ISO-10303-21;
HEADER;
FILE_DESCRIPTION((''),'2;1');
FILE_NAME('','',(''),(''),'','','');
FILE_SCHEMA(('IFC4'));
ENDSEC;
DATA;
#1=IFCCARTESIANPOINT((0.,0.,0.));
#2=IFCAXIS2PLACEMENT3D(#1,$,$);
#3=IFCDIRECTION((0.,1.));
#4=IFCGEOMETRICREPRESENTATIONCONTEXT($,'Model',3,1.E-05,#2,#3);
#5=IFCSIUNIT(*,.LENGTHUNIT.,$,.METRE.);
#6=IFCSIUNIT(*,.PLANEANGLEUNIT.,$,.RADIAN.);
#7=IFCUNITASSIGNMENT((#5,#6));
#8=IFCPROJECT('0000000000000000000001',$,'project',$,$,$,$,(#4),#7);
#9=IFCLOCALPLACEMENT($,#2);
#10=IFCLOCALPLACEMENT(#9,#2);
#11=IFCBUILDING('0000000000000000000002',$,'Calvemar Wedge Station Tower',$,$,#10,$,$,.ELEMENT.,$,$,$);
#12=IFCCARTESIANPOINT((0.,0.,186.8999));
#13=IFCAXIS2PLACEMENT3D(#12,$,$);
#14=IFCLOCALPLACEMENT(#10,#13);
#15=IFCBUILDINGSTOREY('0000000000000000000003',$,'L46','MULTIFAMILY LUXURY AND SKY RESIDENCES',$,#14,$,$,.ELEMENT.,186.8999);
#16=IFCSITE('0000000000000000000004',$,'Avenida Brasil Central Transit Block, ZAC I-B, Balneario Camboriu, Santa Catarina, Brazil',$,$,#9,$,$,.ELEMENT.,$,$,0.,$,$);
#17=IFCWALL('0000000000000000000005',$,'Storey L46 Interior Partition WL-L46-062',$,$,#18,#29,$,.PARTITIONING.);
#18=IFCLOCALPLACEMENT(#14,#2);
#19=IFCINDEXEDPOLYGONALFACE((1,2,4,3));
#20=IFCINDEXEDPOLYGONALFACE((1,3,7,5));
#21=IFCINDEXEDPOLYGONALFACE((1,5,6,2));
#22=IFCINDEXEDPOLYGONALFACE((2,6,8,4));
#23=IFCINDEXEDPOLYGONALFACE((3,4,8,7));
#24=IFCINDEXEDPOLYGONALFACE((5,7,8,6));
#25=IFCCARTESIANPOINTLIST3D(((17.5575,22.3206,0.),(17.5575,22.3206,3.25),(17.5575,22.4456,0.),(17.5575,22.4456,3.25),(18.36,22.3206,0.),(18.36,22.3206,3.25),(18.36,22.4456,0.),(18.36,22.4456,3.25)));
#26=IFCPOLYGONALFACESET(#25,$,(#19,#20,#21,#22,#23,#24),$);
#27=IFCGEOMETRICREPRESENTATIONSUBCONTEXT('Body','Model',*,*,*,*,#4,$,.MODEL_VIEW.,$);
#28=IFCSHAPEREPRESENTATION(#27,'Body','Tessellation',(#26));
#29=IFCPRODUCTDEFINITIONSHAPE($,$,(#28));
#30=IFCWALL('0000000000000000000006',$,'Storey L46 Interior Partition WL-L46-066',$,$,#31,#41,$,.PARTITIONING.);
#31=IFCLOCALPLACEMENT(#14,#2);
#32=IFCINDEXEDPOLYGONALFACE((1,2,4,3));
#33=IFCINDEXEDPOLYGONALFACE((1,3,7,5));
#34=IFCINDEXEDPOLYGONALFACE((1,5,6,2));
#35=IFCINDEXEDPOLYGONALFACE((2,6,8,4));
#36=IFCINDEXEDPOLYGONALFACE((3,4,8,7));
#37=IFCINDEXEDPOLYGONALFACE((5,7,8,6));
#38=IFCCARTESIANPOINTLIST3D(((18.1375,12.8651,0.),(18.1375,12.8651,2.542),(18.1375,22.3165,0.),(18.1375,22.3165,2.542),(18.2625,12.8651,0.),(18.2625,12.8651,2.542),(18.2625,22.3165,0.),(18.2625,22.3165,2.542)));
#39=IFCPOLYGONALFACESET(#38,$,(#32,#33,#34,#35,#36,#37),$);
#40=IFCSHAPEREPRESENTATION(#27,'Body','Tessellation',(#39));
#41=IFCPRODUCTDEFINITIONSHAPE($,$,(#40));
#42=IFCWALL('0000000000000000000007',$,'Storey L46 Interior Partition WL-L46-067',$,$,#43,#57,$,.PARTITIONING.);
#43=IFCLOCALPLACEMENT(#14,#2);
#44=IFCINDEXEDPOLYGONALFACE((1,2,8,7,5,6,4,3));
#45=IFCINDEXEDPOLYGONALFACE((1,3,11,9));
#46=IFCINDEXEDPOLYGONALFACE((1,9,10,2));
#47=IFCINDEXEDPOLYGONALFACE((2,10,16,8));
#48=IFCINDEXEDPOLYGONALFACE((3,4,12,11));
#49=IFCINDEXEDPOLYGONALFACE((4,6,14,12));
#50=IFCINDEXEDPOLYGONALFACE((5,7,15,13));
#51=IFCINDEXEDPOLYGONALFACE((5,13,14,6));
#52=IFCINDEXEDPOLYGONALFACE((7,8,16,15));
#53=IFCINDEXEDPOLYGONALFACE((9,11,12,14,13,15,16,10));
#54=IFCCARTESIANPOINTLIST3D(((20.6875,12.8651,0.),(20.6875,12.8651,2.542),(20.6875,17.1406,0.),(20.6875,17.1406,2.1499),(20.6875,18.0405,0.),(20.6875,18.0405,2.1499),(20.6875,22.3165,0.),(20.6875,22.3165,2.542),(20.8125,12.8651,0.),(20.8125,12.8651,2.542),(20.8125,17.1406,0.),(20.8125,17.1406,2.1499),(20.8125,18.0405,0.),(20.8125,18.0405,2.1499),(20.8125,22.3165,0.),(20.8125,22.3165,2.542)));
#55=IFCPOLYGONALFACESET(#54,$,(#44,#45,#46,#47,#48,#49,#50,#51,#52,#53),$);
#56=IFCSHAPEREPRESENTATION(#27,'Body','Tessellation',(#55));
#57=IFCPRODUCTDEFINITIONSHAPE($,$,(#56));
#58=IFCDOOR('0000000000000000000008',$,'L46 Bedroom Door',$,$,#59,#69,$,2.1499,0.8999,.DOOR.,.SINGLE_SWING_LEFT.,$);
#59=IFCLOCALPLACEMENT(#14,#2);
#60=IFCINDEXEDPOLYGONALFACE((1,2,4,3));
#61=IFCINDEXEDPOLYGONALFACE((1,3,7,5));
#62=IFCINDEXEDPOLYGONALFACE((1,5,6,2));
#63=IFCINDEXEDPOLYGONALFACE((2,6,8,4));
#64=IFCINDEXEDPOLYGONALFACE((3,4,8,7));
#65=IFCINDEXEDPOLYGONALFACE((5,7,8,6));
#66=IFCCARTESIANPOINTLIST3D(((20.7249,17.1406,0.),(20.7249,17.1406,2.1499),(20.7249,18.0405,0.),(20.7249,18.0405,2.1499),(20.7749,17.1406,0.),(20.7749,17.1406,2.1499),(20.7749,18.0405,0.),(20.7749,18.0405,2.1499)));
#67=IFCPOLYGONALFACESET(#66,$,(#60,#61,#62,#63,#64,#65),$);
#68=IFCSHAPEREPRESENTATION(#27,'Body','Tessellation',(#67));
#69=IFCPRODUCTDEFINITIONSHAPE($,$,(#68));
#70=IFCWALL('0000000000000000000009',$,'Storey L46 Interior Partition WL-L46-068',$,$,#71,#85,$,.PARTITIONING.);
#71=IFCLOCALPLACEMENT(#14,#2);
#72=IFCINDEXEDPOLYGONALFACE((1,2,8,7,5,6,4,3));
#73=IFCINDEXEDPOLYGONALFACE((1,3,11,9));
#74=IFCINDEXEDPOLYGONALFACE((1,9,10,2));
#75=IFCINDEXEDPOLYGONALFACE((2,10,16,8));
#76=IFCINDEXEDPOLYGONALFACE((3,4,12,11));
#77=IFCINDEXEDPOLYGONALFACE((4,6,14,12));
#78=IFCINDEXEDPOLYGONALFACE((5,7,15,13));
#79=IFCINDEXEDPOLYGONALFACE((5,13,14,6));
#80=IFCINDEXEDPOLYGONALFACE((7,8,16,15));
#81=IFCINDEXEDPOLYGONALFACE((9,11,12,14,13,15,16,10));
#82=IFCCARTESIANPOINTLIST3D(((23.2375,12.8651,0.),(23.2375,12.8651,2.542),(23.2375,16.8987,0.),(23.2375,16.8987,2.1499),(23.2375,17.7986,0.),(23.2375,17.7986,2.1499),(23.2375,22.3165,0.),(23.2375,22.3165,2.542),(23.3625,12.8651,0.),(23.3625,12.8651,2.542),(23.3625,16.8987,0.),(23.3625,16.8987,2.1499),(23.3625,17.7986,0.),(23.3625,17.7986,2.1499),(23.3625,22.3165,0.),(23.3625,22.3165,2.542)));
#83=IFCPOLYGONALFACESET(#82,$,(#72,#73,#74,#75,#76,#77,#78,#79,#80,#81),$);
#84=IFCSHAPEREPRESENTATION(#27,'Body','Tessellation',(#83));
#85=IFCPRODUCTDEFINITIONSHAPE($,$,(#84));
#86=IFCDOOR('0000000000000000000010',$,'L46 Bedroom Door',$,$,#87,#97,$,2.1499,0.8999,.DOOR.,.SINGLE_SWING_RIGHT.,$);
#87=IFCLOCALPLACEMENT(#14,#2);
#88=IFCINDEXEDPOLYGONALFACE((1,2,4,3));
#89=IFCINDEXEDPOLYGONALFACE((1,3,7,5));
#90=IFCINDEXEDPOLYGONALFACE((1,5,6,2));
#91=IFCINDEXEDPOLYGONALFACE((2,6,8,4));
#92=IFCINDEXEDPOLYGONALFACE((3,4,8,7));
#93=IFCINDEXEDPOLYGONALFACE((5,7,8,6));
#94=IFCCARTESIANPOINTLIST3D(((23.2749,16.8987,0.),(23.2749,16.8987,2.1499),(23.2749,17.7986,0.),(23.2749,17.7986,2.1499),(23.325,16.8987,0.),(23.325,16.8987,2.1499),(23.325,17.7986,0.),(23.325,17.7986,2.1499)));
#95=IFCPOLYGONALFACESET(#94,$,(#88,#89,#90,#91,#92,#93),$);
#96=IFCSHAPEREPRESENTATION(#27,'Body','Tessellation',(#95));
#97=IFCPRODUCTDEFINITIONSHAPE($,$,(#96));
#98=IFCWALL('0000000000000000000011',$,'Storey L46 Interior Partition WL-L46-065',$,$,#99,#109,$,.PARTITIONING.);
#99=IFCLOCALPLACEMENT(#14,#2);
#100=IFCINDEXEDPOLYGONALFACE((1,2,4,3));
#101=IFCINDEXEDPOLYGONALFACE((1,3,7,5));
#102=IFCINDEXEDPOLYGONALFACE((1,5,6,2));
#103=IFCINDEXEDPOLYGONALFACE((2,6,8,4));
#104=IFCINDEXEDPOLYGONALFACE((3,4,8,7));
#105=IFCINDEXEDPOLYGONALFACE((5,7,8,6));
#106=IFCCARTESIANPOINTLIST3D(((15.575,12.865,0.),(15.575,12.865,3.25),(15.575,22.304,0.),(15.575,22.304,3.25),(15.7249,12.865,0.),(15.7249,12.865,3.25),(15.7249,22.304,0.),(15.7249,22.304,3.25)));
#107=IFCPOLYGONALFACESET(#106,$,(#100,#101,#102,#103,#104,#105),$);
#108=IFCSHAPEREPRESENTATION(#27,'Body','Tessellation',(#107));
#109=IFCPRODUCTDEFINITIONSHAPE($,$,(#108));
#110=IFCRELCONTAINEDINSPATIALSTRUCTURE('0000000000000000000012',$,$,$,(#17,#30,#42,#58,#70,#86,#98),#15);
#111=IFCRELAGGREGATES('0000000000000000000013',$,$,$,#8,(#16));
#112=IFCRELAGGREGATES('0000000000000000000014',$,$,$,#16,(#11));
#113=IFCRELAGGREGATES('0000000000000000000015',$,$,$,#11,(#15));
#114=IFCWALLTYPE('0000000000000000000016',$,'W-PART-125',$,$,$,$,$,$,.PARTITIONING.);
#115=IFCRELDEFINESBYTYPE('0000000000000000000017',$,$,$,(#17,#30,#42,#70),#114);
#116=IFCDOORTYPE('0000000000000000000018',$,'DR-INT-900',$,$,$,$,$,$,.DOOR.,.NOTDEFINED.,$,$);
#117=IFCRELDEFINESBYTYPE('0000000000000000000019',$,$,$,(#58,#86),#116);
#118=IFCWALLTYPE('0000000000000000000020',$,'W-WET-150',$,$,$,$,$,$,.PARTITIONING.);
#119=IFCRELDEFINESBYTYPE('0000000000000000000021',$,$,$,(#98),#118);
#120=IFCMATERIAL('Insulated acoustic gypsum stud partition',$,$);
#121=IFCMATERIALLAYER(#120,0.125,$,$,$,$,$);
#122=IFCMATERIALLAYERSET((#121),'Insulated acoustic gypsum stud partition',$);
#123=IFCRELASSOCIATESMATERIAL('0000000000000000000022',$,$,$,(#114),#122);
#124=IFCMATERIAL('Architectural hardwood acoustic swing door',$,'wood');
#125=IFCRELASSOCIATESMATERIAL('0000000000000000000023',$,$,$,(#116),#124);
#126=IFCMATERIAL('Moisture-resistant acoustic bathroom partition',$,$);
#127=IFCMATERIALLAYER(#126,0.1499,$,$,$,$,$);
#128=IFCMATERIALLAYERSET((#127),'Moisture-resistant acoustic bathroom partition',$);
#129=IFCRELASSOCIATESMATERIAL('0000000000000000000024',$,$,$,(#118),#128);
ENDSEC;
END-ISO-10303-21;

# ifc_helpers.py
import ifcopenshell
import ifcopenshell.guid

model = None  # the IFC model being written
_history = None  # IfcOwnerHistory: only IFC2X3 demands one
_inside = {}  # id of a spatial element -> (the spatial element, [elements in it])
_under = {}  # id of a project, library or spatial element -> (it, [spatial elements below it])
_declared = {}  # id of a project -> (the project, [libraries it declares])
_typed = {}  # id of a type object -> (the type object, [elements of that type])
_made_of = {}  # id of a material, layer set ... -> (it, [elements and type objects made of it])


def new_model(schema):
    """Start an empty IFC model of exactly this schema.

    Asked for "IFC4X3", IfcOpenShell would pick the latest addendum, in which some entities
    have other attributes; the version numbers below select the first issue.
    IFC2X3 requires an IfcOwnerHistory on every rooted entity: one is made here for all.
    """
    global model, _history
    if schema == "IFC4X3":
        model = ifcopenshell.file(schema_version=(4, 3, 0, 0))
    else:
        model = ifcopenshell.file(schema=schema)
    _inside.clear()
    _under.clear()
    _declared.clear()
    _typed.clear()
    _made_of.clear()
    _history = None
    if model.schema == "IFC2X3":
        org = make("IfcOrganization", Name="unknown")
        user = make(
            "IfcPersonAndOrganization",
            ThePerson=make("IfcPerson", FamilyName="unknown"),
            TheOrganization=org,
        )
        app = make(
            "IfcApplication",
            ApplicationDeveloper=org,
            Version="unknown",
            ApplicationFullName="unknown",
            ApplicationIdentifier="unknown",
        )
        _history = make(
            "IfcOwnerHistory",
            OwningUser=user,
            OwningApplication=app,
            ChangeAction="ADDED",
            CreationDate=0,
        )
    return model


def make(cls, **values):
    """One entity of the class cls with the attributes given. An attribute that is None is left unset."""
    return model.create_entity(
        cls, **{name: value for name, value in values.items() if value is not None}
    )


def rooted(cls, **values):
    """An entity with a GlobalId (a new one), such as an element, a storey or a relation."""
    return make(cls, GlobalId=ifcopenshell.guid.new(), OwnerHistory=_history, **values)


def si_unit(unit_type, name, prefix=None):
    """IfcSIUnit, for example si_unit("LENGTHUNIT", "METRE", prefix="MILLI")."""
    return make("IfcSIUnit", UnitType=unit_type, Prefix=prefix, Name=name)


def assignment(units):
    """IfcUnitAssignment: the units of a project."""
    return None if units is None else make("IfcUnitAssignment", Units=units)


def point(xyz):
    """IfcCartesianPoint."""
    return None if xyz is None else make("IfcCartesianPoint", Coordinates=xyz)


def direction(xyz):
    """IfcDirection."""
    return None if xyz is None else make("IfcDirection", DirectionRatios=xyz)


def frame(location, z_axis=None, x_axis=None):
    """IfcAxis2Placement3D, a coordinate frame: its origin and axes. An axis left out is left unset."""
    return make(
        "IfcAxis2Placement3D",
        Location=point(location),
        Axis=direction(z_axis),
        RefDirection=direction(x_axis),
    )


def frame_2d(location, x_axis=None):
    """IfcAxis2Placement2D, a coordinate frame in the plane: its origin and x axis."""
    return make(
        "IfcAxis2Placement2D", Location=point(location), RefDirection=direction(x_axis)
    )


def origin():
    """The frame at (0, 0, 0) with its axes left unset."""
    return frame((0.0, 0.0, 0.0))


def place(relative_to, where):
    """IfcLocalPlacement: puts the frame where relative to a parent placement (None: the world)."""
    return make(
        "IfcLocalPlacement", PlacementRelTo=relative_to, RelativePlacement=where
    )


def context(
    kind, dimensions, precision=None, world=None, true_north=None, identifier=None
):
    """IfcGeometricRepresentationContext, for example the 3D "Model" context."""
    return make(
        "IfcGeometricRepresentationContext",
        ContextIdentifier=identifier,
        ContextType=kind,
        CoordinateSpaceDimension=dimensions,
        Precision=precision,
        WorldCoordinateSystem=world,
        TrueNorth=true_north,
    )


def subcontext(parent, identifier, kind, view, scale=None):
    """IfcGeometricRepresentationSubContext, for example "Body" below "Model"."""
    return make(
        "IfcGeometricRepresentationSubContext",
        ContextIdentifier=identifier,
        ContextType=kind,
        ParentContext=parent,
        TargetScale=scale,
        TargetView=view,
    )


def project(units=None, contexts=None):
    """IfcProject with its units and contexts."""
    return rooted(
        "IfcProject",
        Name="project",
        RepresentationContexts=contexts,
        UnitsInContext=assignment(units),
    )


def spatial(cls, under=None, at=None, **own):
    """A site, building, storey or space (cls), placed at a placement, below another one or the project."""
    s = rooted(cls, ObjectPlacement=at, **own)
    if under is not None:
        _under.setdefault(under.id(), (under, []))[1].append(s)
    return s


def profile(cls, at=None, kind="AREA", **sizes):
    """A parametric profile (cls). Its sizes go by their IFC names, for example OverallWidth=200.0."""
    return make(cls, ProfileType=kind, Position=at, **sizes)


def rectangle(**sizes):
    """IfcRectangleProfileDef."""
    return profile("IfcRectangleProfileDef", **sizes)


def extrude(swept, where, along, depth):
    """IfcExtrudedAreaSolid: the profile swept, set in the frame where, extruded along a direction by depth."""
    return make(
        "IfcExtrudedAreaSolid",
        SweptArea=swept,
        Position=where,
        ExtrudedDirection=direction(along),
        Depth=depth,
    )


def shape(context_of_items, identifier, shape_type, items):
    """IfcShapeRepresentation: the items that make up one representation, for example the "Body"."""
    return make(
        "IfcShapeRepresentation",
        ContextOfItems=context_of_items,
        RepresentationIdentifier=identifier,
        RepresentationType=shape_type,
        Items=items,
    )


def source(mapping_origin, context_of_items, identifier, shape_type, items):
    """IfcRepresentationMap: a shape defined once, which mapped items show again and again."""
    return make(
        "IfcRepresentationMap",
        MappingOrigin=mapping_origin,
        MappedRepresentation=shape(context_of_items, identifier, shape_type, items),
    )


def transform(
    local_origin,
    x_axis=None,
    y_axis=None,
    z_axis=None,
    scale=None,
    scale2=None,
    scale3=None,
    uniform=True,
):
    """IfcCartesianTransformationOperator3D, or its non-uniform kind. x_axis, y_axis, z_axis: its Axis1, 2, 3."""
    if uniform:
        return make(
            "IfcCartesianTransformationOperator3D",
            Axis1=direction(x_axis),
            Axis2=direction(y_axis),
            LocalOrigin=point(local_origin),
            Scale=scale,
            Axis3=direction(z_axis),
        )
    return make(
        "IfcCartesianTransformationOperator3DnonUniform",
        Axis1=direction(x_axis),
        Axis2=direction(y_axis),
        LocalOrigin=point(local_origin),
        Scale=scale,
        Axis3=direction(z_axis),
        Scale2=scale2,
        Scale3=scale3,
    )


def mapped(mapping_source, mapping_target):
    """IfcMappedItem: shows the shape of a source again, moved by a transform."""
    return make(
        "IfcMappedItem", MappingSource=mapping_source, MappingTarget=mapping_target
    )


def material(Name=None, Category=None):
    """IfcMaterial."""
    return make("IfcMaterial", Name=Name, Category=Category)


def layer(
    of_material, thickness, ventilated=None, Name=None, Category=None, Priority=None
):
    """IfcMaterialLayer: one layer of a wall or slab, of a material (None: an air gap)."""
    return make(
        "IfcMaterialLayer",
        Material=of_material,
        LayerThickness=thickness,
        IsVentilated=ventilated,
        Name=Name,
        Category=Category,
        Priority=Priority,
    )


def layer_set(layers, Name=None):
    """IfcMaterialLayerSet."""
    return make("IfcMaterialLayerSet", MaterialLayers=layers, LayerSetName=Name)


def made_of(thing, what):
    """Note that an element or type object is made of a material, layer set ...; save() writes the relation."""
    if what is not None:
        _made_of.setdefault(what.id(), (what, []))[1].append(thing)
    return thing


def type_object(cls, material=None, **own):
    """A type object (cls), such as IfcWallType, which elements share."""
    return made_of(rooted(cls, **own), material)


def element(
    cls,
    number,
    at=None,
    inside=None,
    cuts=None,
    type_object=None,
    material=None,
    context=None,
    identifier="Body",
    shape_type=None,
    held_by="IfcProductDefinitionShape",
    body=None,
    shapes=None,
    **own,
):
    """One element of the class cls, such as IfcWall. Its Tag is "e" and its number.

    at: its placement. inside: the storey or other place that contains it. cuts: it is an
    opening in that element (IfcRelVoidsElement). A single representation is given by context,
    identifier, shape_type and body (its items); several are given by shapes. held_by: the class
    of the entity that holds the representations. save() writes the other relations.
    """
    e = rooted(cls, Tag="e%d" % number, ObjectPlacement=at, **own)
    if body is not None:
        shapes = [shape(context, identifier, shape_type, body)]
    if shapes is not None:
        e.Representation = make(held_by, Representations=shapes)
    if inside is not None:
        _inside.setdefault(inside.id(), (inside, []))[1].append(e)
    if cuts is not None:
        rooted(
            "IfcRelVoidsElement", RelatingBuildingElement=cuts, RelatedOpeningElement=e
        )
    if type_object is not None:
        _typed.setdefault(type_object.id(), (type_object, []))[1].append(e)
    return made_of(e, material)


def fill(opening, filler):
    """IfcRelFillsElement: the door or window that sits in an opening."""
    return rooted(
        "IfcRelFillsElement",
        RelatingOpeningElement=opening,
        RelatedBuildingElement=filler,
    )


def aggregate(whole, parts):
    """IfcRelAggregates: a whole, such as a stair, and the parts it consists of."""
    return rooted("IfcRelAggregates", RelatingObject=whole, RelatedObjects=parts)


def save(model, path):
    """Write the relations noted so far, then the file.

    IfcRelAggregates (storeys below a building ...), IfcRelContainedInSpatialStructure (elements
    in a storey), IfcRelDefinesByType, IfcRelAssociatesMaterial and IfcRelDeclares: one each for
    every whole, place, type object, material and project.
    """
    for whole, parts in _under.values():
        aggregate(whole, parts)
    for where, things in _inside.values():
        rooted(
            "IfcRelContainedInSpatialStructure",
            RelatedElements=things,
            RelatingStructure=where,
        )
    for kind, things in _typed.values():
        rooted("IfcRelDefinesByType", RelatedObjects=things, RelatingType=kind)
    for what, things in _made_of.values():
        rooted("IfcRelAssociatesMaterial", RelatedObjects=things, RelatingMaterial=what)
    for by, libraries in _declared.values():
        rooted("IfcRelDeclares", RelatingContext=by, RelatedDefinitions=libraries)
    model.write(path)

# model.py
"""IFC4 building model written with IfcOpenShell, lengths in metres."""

from ifc_helpers import new_model, si_unit, direction, frame, frame_2d, origin, place, context, subcontext, project, spatial, rectangle, extrude, source, transform, mapped, material, layer, layer_set, type_object, element, fill, save


model = new_model("IFC4")

# Units and contexts
model_context = context("Model", 3, precision=1e-05, world=origin(), true_north=direction((0.0, 1.0)))
body_context = subcontext(model_context, "Body", "Model", "MODEL_VIEW")
ifc_project = project(units=[si_unit("LENGTHUNIT", "METRE"), si_unit("PLANEANGLEUNIT", "RADIAN")], contexts=[model_context])

# Site, building, storey
site_placement = place(None, origin())
site = spatial("IfcSite", under=ifc_project, at=site_placement, Name="Avenida Brasil Central Transit Block, ZAC I-B, Balneario Camboriu, Santa Catarina, Brazil", CompositionType="ELEMENT", RefElevation=0.0)
building_placement = place(site_placement, origin())
building = spatial("IfcBuilding", under=site, at=building_placement, Name="Calvemar Wedge Station Tower", CompositionType="ELEMENT")
storey_placement = place(building_placement, frame((0.0, 0.0, 186.8999)))
storey = spatial("IfcBuildingStorey", under=building, at=storey_placement, Name="L46", Description="MULTIFAMILY LUXURY AND SKY RESIDENCES", CompositionType="ELEMENT", Elevation=186.8999)

# Shared definitions
ifc_material_1 = material(Name="Insulated acoustic gypsum stud partition")
ifc_layer_1 = layer(ifc_material_1, 0.125)
ifc_layer_set_1 = layer_set([ifc_layer_1], Name="Insulated acoustic gypsum stud partition")
wall_type_1 = type_object("IfcWallType", Name="W-PART-125", PredefinedType="PARTITIONING", material=ifc_layer_set_1)
shared_shape_1 = source(origin(), body_context, "Body", "SweptSolid", [
    extrude(rectangle(XDim=0.8999, YDim=2.1499, at=frame_2d((0.45, 1.075))), frame((0.0, 0.0725, 0.0), z_axis=(0.0, -1.0, 0.0), x_axis=(1.0, 0.0, 0.0)), (0.0, 0.0, 1.0), 0.145),
])
ifc_material_2 = material(Name="Architectural hardwood acoustic swing door", Category="wood")
door_type_1 = type_object("IfcDoorType", Name="DR-INT-900", OperationType="NOTDEFINED", PredefinedType="DOOR", material=ifc_material_2)
shared_shape_2 = source(origin(), body_context, "Body", "SweptSolid", [
    extrude(rectangle(XDim=0.8999, YDim=2.1499, at=frame_2d((0.45, 1.075))), frame((0.0, 0.0249, 0.0), z_axis=(0.0, -1.0, 0.0), x_axis=(1.0, 0.0, 0.0)), (0.0, 0.0, 1.0), 0.05),
])

# Wall
wall_1_placement = place(storey_placement, frame((18.3601, 22.3831, 0.0), z_axis=(0.0, 0.0, 1.0), x_axis=(-1.0, 0.0, 0.0)))
element("IfcWall", 1, at=wall_1_placement, inside=storey, type_object=wall_type_1, Name="Storey L46 Interior Partition WL-L46-062", PredefinedType="PARTITIONING", context=body_context, shape_type="SweptSolid", body=[
    extrude(rectangle(XDim=0.8025, YDim=0.125, at=frame_2d((0.4014, 0.0))), origin(), (0.0, 0.0, 1.0), 3.25),
])

# Wall
wall_2_placement = place(storey_placement, frame((18.2, 22.3164, 0.0), z_axis=(0.0, 0.0, 1.0), x_axis=(0.0, -1.0, 0.0)))
element("IfcWall", 2, at=wall_2_placement, inside=storey, type_object=wall_type_1, Name="Storey L46 Interior Partition WL-L46-066", PredefinedType="PARTITIONING", context=body_context, shape_type="SweptSolid", body=[
    extrude(rectangle(XDim=9.4514, YDim=0.125, at=frame_2d((4.7256, 0.0))), origin(), (0.0, 0.0, 1.0), 2.542),
])

# Walls, openings, doors
wall_3_placement = place(storey_placement, frame((20.75, 22.3164, 0.0), z_axis=(0.0, 0.0, 1.0), x_axis=(0.0, -1.0, 0.0)))
wall_3 = element("IfcWall", 3, at=wall_3_placement, inside=storey, type_object=wall_type_1, Name="Storey L46 Interior Partition WL-L46-067", PredefinedType="PARTITIONING", context=body_context, shape_type="SweptSolid", body=[
    extrude(rectangle(XDim=9.4514, YDim=0.125, at=frame_2d((4.7256, 0.0))), origin(), (0.0, 0.0, 1.0), 2.542),
])
opening_1_placement = place(wall_3_placement, frame((4.2759, 0.0, 0.0)))
opening_1 = element("IfcOpeningElement", 4, at=opening_1_placement, cuts=wall_3, PredefinedType="OPENING", context=body_context, shape_type="MappedRepresentation", body=[
    mapped(shared_shape_1, transform((0.0, 0.0, 0.0), scale=1.0)),
])
door_1_placement = place(opening_1_placement, origin())
door_1 = element("IfcDoor", 5, at=door_1_placement, inside=storey, type_object=door_type_1, Name="L46 Bedroom Door", OperationType="SINGLE_SWING_LEFT", OverallHeight=2.1499, OverallWidth=0.8999, PredefinedType="DOOR", context=body_context, shape_type="MappedRepresentation", body=[
    mapped(shared_shape_2, transform((0.0, 0.0, 0.0), scale=1.0)),
])
fill(opening_1, door_1)
wall_4_placement = place(storey_placement, frame((23.3, 22.3164, 0.0), z_axis=(0.0, 0.0, 1.0), x_axis=(0.0, -1.0, 0.0)))
wall_4 = element("IfcWall", 6, at=wall_4_placement, inside=storey, type_object=wall_type_1, Name="Storey L46 Interior Partition WL-L46-068", PredefinedType="PARTITIONING", context=body_context, shape_type="SweptSolid", body=[
    extrude(rectangle(XDim=9.4514, YDim=0.125, at=frame_2d((4.7256, 0.0))), origin(), (0.0, 0.0, 1.0), 2.542),
])
opening_2_placement = place(wall_4_placement, frame((4.5178, 0.0, 0.0)))
opening_2 = element("IfcOpeningElement", 7, at=opening_2_placement, cuts=wall_4, PredefinedType="OPENING", context=body_context, shape_type="MappedRepresentation", body=[
    mapped(shared_shape_1, transform((0.0, 0.0, 0.0), scale=1.0)),
])
door_2_placement = place(opening_2_placement, origin())
door_2 = element("IfcDoor", 8, at=door_2_placement, inside=storey, type_object=door_type_1, Name="L46 Bedroom Door", OperationType="SINGLE_SWING_RIGHT", OverallHeight=2.1499, OverallWidth=0.8999, PredefinedType="DOOR", context=body_context, shape_type="MappedRepresentation", body=[
    mapped(shared_shape_2, transform((0.0, 0.0, 0.0), scale=1.0)),
])
fill(opening_2, door_2)
ifc_material_3 = material(Name="Moisture-resistant acoustic bathroom partition")
ifc_layer_2 = layer(ifc_material_3, 0.1499)
ifc_layer_set_2 = layer_set([ifc_layer_2], Name="Moisture-resistant acoustic bathroom partition")
wall_type_2 = type_object("IfcWallType", Name="W-WET-150", PredefinedType="PARTITIONING", material=ifc_layer_set_2)

# Wall
wall_5_placement = place(storey_placement, frame((15.6499, 22.304, 0.0), z_axis=(0.0, 0.0, 1.0), x_axis=(0.0, -1.0, 0.0)))
element("IfcWall", 9, at=wall_5_placement, inside=storey, type_object=wall_type_2, Name="Storey L46 Interior Partition WL-L46-065", PredefinedType="PARTITIONING", context=body_context, shape_type="SweptSolid", body=[
    extrude(rectangle(XDim=9.439, YDim=0.1499, at=frame_2d((4.7195, 0.0))), origin(), (0.0, 0.0, 1.0), 3.25),
])

save(model, "model.ifc")
